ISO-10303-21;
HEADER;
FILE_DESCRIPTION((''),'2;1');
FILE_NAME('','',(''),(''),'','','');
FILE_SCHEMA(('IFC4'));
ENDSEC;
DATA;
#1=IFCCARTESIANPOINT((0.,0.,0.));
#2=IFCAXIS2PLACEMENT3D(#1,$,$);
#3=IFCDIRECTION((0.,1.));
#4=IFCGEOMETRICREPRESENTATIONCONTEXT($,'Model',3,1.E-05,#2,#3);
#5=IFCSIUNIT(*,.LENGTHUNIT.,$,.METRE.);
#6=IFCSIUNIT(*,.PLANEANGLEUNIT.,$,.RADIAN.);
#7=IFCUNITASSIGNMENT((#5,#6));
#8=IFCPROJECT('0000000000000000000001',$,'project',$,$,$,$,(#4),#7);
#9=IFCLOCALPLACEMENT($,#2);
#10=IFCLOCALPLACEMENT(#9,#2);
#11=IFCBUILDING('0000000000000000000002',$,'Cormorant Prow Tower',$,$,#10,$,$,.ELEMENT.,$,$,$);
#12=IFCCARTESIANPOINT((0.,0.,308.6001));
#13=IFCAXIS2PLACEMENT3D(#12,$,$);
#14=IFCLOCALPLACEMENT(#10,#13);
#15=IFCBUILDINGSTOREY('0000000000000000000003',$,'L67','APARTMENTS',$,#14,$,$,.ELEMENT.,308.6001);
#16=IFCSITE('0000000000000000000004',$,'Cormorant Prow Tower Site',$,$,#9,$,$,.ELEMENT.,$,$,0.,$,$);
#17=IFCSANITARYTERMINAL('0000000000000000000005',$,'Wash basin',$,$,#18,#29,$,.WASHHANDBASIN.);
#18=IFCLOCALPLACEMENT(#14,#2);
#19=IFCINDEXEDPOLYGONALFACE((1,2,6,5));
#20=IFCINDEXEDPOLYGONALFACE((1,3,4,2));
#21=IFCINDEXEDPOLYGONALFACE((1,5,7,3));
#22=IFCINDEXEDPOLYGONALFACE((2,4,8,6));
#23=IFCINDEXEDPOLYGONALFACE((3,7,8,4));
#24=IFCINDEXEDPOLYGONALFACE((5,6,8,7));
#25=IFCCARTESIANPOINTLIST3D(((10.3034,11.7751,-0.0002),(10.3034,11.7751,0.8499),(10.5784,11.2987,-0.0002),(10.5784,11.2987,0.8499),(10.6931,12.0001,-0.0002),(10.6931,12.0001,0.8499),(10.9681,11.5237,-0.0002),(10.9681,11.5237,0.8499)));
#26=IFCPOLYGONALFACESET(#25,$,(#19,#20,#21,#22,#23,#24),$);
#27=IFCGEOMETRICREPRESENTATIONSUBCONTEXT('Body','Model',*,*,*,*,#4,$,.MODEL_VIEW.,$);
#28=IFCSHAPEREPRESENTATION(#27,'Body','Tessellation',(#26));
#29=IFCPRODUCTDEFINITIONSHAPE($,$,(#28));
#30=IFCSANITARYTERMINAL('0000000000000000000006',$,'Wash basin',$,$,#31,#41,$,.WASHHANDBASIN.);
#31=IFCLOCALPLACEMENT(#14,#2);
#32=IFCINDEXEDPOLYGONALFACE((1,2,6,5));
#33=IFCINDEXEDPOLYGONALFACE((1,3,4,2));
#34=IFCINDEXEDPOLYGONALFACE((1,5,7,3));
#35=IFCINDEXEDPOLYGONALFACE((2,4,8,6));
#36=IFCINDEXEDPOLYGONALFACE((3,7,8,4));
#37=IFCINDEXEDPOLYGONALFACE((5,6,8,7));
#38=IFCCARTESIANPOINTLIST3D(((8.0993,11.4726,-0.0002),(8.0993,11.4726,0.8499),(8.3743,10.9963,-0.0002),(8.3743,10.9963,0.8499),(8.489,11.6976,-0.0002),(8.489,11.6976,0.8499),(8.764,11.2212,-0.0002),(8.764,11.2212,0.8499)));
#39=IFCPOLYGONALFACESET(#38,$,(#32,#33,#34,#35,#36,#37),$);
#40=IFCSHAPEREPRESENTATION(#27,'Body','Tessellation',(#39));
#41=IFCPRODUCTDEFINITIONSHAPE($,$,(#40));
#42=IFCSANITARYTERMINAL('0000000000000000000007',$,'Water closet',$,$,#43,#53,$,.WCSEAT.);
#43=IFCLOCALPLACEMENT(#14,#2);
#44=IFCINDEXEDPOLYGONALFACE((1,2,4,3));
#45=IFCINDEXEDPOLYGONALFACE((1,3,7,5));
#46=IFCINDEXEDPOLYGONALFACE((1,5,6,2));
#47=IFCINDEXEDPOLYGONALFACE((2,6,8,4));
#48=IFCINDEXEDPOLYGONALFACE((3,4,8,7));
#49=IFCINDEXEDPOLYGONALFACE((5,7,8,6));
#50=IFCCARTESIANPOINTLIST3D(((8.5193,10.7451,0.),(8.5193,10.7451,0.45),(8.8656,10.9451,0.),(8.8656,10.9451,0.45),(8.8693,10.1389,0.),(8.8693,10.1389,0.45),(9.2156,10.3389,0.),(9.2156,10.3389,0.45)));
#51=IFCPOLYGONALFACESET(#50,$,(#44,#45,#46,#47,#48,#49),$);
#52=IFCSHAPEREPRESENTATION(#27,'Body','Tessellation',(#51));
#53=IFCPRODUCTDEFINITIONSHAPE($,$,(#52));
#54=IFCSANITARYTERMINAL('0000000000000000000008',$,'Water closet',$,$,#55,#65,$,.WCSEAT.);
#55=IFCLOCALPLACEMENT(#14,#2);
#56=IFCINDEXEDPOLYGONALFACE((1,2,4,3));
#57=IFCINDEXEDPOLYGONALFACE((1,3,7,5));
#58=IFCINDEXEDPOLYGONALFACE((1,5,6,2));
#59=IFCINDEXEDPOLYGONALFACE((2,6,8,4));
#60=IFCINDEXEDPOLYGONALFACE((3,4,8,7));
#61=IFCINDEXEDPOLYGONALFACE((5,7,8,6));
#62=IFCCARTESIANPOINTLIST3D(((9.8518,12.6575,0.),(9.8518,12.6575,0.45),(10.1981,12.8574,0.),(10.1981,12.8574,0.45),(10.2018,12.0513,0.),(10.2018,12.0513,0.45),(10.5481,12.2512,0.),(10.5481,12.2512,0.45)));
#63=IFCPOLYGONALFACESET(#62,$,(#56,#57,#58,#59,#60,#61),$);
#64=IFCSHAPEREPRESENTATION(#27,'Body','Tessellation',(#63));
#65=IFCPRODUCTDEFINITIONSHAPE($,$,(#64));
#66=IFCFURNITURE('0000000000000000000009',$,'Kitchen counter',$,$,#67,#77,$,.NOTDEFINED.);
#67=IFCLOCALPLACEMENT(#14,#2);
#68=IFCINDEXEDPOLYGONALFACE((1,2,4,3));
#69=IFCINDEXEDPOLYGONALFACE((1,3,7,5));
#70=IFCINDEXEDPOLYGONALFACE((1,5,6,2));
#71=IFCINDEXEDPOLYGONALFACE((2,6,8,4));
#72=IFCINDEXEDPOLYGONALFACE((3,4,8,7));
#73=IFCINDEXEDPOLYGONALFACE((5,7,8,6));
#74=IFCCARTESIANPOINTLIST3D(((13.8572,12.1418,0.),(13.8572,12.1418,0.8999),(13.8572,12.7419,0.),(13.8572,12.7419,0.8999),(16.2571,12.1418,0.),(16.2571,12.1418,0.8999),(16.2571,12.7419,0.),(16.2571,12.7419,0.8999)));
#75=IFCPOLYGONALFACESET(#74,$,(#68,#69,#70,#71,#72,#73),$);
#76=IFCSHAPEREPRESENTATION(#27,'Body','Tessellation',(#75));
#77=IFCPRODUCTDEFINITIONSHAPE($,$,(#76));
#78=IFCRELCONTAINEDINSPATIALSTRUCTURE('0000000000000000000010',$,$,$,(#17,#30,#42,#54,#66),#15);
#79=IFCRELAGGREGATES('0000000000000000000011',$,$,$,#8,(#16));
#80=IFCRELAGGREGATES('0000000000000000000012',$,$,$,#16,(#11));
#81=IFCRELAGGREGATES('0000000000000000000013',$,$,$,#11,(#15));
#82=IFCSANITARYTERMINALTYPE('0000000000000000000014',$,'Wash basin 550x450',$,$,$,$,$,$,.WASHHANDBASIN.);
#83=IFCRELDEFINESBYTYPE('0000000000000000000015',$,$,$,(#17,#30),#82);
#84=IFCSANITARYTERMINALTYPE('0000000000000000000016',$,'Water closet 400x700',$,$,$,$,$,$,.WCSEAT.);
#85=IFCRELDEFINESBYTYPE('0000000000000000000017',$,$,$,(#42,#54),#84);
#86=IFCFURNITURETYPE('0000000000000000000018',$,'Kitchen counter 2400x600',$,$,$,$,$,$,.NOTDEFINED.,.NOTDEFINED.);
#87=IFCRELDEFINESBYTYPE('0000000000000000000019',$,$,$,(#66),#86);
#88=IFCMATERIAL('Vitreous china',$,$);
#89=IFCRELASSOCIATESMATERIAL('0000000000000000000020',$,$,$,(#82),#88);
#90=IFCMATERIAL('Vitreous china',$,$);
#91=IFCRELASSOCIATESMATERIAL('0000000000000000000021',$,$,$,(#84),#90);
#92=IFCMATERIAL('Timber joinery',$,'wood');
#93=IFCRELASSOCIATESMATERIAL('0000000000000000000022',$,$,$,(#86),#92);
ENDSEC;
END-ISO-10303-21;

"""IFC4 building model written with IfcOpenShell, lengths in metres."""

from ifc_helpers import new_model, si_unit, direction, frame, origin, origin_2d, place, context, subcontext, project, spatial, rectangle, extrude, material, type_object, element, save


model = new_model("IFC4")

# Units and contexts
model_context = context("Model", 3, precision=1e-05, world=origin(), true_north=direction((0.0, 1.0)))
body_context = subcontext(model_context, "Body", "Model", "MODEL_VIEW")
ifc_project = project(units=[si_unit("LENGTHUNIT", "METRE"), si_unit("PLANEANGLEUNIT", "RADIAN")], contexts=[model_context])

# Site, building, storey
site_placement = place(None, origin())
site = spatial("IfcSite", under=ifc_project, at=site_placement, Name="Cormorant Prow Tower Site", CompositionType="ELEMENT", RefElevation=0.0)
building_placement = place(site_placement, origin())
building = spatial("IfcBuilding", under=site, at=building_placement, Name="Cormorant Prow Tower", CompositionType="ELEMENT")
storey_placement = place(building_placement, frame((0.0, 0.0, 308.6001)))
storey = spatial("IfcBuildingStorey", under=building, at=storey_placement, Name="L67", Description="APARTMENTS", CompositionType="ELEMENT", Elevation=308.6001)

# Sanitary terminals
ifc_material_1 = material(Name="Vitreous china")
sanitary_terminal_type_1 = type_object("IfcSanitaryTerminalType", Name="Wash basin 550x450", PredefinedType="WASHHANDBASIN", material=ifc_material_1)
for number, where, z_axis, x_axis, name in (
    (1, (10.6357, 11.6494, -0.0002), (0.0, 0.0, 1.0), (0.5, -0.866025, 0.0), "Wash basin"),
    (2, (8.4316, 11.3469, -0.0002), (0.0, 0.0, 1.0), (-0.5, 0.866025, 0.0), "Wash basin"),
):
    element("IfcSanitaryTerminal", number, at=place(storey_placement, frame(where, z_axis=z_axis, x_axis=x_axis)), inside=storey, type_object=sanitary_terminal_type_1, Name=name, PredefinedType="WASHHANDBASIN", context=body_context, shape_type="SweptSolid", body=[
        extrude(rectangle(XDim=0.55, YDim=0.45, at=origin_2d()), origin(), (0.0, 0.0, 1.0), 0.8501),
    ])
ifc_material_2 = material(Name="Vitreous china")
sanitary_terminal_type_2 = type_object("IfcSanitaryTerminalType", Name="Water closet 400x700", PredefinedType="WCSEAT", material=ifc_material_2)
for number, where, z_axis, x_axis, name in (
    (3, (8.8674, 10.542, 0.0), (0.0, 0.0, 1.0), (0.866025, 0.5, 0.0), "Water closet"),
    (4, (10.2, 12.4543, 0.0), (0.0, 0.0, 1.0), (-0.866025, -0.5, 0.0), "Water closet"),
):
    element("IfcSanitaryTerminal", number, at=place(storey_placement, frame(where, z_axis=z_axis, x_axis=x_axis)), inside=storey, type_object=sanitary_terminal_type_2, Name=name, PredefinedType="WCSEAT", context=body_context, shape_type="SweptSolid", body=[
        extrude(rectangle(XDim=0.3999, YDim=0.7, at=origin_2d()), origin(), (0.0, 0.0, 1.0), 0.45),
    ])

# Furniture
ifc_material_3 = material(Name="Timber joinery", Category="wood")
furniture_type = type_object("IfcFurnitureType", Name="Kitchen counter 2400x600", AssemblyPlace="NOTDEFINED", PredefinedType="NOTDEFINED", material=ifc_material_3)
furniture_placement = place(storey_placement, frame((15.0571, 12.4419, 0.0), z_axis=(0.0, 0.0, 1.0), x_axis=(1.0, 0.0, 0.0)))
element("IfcFurniture", 5, at=furniture_placement, inside=storey, type_object=furniture_type, Name="Kitchen counter", PredefinedType="NOTDEFINED", context=body_context, shape_type="SweptSolid", body=[
    extrude(rectangle(XDim=2.3999, YDim=0.6001, at=origin_2d()), origin(), (0.0, 0.0, 1.0), 0.8999),
])

save(model, "model.ifc")
